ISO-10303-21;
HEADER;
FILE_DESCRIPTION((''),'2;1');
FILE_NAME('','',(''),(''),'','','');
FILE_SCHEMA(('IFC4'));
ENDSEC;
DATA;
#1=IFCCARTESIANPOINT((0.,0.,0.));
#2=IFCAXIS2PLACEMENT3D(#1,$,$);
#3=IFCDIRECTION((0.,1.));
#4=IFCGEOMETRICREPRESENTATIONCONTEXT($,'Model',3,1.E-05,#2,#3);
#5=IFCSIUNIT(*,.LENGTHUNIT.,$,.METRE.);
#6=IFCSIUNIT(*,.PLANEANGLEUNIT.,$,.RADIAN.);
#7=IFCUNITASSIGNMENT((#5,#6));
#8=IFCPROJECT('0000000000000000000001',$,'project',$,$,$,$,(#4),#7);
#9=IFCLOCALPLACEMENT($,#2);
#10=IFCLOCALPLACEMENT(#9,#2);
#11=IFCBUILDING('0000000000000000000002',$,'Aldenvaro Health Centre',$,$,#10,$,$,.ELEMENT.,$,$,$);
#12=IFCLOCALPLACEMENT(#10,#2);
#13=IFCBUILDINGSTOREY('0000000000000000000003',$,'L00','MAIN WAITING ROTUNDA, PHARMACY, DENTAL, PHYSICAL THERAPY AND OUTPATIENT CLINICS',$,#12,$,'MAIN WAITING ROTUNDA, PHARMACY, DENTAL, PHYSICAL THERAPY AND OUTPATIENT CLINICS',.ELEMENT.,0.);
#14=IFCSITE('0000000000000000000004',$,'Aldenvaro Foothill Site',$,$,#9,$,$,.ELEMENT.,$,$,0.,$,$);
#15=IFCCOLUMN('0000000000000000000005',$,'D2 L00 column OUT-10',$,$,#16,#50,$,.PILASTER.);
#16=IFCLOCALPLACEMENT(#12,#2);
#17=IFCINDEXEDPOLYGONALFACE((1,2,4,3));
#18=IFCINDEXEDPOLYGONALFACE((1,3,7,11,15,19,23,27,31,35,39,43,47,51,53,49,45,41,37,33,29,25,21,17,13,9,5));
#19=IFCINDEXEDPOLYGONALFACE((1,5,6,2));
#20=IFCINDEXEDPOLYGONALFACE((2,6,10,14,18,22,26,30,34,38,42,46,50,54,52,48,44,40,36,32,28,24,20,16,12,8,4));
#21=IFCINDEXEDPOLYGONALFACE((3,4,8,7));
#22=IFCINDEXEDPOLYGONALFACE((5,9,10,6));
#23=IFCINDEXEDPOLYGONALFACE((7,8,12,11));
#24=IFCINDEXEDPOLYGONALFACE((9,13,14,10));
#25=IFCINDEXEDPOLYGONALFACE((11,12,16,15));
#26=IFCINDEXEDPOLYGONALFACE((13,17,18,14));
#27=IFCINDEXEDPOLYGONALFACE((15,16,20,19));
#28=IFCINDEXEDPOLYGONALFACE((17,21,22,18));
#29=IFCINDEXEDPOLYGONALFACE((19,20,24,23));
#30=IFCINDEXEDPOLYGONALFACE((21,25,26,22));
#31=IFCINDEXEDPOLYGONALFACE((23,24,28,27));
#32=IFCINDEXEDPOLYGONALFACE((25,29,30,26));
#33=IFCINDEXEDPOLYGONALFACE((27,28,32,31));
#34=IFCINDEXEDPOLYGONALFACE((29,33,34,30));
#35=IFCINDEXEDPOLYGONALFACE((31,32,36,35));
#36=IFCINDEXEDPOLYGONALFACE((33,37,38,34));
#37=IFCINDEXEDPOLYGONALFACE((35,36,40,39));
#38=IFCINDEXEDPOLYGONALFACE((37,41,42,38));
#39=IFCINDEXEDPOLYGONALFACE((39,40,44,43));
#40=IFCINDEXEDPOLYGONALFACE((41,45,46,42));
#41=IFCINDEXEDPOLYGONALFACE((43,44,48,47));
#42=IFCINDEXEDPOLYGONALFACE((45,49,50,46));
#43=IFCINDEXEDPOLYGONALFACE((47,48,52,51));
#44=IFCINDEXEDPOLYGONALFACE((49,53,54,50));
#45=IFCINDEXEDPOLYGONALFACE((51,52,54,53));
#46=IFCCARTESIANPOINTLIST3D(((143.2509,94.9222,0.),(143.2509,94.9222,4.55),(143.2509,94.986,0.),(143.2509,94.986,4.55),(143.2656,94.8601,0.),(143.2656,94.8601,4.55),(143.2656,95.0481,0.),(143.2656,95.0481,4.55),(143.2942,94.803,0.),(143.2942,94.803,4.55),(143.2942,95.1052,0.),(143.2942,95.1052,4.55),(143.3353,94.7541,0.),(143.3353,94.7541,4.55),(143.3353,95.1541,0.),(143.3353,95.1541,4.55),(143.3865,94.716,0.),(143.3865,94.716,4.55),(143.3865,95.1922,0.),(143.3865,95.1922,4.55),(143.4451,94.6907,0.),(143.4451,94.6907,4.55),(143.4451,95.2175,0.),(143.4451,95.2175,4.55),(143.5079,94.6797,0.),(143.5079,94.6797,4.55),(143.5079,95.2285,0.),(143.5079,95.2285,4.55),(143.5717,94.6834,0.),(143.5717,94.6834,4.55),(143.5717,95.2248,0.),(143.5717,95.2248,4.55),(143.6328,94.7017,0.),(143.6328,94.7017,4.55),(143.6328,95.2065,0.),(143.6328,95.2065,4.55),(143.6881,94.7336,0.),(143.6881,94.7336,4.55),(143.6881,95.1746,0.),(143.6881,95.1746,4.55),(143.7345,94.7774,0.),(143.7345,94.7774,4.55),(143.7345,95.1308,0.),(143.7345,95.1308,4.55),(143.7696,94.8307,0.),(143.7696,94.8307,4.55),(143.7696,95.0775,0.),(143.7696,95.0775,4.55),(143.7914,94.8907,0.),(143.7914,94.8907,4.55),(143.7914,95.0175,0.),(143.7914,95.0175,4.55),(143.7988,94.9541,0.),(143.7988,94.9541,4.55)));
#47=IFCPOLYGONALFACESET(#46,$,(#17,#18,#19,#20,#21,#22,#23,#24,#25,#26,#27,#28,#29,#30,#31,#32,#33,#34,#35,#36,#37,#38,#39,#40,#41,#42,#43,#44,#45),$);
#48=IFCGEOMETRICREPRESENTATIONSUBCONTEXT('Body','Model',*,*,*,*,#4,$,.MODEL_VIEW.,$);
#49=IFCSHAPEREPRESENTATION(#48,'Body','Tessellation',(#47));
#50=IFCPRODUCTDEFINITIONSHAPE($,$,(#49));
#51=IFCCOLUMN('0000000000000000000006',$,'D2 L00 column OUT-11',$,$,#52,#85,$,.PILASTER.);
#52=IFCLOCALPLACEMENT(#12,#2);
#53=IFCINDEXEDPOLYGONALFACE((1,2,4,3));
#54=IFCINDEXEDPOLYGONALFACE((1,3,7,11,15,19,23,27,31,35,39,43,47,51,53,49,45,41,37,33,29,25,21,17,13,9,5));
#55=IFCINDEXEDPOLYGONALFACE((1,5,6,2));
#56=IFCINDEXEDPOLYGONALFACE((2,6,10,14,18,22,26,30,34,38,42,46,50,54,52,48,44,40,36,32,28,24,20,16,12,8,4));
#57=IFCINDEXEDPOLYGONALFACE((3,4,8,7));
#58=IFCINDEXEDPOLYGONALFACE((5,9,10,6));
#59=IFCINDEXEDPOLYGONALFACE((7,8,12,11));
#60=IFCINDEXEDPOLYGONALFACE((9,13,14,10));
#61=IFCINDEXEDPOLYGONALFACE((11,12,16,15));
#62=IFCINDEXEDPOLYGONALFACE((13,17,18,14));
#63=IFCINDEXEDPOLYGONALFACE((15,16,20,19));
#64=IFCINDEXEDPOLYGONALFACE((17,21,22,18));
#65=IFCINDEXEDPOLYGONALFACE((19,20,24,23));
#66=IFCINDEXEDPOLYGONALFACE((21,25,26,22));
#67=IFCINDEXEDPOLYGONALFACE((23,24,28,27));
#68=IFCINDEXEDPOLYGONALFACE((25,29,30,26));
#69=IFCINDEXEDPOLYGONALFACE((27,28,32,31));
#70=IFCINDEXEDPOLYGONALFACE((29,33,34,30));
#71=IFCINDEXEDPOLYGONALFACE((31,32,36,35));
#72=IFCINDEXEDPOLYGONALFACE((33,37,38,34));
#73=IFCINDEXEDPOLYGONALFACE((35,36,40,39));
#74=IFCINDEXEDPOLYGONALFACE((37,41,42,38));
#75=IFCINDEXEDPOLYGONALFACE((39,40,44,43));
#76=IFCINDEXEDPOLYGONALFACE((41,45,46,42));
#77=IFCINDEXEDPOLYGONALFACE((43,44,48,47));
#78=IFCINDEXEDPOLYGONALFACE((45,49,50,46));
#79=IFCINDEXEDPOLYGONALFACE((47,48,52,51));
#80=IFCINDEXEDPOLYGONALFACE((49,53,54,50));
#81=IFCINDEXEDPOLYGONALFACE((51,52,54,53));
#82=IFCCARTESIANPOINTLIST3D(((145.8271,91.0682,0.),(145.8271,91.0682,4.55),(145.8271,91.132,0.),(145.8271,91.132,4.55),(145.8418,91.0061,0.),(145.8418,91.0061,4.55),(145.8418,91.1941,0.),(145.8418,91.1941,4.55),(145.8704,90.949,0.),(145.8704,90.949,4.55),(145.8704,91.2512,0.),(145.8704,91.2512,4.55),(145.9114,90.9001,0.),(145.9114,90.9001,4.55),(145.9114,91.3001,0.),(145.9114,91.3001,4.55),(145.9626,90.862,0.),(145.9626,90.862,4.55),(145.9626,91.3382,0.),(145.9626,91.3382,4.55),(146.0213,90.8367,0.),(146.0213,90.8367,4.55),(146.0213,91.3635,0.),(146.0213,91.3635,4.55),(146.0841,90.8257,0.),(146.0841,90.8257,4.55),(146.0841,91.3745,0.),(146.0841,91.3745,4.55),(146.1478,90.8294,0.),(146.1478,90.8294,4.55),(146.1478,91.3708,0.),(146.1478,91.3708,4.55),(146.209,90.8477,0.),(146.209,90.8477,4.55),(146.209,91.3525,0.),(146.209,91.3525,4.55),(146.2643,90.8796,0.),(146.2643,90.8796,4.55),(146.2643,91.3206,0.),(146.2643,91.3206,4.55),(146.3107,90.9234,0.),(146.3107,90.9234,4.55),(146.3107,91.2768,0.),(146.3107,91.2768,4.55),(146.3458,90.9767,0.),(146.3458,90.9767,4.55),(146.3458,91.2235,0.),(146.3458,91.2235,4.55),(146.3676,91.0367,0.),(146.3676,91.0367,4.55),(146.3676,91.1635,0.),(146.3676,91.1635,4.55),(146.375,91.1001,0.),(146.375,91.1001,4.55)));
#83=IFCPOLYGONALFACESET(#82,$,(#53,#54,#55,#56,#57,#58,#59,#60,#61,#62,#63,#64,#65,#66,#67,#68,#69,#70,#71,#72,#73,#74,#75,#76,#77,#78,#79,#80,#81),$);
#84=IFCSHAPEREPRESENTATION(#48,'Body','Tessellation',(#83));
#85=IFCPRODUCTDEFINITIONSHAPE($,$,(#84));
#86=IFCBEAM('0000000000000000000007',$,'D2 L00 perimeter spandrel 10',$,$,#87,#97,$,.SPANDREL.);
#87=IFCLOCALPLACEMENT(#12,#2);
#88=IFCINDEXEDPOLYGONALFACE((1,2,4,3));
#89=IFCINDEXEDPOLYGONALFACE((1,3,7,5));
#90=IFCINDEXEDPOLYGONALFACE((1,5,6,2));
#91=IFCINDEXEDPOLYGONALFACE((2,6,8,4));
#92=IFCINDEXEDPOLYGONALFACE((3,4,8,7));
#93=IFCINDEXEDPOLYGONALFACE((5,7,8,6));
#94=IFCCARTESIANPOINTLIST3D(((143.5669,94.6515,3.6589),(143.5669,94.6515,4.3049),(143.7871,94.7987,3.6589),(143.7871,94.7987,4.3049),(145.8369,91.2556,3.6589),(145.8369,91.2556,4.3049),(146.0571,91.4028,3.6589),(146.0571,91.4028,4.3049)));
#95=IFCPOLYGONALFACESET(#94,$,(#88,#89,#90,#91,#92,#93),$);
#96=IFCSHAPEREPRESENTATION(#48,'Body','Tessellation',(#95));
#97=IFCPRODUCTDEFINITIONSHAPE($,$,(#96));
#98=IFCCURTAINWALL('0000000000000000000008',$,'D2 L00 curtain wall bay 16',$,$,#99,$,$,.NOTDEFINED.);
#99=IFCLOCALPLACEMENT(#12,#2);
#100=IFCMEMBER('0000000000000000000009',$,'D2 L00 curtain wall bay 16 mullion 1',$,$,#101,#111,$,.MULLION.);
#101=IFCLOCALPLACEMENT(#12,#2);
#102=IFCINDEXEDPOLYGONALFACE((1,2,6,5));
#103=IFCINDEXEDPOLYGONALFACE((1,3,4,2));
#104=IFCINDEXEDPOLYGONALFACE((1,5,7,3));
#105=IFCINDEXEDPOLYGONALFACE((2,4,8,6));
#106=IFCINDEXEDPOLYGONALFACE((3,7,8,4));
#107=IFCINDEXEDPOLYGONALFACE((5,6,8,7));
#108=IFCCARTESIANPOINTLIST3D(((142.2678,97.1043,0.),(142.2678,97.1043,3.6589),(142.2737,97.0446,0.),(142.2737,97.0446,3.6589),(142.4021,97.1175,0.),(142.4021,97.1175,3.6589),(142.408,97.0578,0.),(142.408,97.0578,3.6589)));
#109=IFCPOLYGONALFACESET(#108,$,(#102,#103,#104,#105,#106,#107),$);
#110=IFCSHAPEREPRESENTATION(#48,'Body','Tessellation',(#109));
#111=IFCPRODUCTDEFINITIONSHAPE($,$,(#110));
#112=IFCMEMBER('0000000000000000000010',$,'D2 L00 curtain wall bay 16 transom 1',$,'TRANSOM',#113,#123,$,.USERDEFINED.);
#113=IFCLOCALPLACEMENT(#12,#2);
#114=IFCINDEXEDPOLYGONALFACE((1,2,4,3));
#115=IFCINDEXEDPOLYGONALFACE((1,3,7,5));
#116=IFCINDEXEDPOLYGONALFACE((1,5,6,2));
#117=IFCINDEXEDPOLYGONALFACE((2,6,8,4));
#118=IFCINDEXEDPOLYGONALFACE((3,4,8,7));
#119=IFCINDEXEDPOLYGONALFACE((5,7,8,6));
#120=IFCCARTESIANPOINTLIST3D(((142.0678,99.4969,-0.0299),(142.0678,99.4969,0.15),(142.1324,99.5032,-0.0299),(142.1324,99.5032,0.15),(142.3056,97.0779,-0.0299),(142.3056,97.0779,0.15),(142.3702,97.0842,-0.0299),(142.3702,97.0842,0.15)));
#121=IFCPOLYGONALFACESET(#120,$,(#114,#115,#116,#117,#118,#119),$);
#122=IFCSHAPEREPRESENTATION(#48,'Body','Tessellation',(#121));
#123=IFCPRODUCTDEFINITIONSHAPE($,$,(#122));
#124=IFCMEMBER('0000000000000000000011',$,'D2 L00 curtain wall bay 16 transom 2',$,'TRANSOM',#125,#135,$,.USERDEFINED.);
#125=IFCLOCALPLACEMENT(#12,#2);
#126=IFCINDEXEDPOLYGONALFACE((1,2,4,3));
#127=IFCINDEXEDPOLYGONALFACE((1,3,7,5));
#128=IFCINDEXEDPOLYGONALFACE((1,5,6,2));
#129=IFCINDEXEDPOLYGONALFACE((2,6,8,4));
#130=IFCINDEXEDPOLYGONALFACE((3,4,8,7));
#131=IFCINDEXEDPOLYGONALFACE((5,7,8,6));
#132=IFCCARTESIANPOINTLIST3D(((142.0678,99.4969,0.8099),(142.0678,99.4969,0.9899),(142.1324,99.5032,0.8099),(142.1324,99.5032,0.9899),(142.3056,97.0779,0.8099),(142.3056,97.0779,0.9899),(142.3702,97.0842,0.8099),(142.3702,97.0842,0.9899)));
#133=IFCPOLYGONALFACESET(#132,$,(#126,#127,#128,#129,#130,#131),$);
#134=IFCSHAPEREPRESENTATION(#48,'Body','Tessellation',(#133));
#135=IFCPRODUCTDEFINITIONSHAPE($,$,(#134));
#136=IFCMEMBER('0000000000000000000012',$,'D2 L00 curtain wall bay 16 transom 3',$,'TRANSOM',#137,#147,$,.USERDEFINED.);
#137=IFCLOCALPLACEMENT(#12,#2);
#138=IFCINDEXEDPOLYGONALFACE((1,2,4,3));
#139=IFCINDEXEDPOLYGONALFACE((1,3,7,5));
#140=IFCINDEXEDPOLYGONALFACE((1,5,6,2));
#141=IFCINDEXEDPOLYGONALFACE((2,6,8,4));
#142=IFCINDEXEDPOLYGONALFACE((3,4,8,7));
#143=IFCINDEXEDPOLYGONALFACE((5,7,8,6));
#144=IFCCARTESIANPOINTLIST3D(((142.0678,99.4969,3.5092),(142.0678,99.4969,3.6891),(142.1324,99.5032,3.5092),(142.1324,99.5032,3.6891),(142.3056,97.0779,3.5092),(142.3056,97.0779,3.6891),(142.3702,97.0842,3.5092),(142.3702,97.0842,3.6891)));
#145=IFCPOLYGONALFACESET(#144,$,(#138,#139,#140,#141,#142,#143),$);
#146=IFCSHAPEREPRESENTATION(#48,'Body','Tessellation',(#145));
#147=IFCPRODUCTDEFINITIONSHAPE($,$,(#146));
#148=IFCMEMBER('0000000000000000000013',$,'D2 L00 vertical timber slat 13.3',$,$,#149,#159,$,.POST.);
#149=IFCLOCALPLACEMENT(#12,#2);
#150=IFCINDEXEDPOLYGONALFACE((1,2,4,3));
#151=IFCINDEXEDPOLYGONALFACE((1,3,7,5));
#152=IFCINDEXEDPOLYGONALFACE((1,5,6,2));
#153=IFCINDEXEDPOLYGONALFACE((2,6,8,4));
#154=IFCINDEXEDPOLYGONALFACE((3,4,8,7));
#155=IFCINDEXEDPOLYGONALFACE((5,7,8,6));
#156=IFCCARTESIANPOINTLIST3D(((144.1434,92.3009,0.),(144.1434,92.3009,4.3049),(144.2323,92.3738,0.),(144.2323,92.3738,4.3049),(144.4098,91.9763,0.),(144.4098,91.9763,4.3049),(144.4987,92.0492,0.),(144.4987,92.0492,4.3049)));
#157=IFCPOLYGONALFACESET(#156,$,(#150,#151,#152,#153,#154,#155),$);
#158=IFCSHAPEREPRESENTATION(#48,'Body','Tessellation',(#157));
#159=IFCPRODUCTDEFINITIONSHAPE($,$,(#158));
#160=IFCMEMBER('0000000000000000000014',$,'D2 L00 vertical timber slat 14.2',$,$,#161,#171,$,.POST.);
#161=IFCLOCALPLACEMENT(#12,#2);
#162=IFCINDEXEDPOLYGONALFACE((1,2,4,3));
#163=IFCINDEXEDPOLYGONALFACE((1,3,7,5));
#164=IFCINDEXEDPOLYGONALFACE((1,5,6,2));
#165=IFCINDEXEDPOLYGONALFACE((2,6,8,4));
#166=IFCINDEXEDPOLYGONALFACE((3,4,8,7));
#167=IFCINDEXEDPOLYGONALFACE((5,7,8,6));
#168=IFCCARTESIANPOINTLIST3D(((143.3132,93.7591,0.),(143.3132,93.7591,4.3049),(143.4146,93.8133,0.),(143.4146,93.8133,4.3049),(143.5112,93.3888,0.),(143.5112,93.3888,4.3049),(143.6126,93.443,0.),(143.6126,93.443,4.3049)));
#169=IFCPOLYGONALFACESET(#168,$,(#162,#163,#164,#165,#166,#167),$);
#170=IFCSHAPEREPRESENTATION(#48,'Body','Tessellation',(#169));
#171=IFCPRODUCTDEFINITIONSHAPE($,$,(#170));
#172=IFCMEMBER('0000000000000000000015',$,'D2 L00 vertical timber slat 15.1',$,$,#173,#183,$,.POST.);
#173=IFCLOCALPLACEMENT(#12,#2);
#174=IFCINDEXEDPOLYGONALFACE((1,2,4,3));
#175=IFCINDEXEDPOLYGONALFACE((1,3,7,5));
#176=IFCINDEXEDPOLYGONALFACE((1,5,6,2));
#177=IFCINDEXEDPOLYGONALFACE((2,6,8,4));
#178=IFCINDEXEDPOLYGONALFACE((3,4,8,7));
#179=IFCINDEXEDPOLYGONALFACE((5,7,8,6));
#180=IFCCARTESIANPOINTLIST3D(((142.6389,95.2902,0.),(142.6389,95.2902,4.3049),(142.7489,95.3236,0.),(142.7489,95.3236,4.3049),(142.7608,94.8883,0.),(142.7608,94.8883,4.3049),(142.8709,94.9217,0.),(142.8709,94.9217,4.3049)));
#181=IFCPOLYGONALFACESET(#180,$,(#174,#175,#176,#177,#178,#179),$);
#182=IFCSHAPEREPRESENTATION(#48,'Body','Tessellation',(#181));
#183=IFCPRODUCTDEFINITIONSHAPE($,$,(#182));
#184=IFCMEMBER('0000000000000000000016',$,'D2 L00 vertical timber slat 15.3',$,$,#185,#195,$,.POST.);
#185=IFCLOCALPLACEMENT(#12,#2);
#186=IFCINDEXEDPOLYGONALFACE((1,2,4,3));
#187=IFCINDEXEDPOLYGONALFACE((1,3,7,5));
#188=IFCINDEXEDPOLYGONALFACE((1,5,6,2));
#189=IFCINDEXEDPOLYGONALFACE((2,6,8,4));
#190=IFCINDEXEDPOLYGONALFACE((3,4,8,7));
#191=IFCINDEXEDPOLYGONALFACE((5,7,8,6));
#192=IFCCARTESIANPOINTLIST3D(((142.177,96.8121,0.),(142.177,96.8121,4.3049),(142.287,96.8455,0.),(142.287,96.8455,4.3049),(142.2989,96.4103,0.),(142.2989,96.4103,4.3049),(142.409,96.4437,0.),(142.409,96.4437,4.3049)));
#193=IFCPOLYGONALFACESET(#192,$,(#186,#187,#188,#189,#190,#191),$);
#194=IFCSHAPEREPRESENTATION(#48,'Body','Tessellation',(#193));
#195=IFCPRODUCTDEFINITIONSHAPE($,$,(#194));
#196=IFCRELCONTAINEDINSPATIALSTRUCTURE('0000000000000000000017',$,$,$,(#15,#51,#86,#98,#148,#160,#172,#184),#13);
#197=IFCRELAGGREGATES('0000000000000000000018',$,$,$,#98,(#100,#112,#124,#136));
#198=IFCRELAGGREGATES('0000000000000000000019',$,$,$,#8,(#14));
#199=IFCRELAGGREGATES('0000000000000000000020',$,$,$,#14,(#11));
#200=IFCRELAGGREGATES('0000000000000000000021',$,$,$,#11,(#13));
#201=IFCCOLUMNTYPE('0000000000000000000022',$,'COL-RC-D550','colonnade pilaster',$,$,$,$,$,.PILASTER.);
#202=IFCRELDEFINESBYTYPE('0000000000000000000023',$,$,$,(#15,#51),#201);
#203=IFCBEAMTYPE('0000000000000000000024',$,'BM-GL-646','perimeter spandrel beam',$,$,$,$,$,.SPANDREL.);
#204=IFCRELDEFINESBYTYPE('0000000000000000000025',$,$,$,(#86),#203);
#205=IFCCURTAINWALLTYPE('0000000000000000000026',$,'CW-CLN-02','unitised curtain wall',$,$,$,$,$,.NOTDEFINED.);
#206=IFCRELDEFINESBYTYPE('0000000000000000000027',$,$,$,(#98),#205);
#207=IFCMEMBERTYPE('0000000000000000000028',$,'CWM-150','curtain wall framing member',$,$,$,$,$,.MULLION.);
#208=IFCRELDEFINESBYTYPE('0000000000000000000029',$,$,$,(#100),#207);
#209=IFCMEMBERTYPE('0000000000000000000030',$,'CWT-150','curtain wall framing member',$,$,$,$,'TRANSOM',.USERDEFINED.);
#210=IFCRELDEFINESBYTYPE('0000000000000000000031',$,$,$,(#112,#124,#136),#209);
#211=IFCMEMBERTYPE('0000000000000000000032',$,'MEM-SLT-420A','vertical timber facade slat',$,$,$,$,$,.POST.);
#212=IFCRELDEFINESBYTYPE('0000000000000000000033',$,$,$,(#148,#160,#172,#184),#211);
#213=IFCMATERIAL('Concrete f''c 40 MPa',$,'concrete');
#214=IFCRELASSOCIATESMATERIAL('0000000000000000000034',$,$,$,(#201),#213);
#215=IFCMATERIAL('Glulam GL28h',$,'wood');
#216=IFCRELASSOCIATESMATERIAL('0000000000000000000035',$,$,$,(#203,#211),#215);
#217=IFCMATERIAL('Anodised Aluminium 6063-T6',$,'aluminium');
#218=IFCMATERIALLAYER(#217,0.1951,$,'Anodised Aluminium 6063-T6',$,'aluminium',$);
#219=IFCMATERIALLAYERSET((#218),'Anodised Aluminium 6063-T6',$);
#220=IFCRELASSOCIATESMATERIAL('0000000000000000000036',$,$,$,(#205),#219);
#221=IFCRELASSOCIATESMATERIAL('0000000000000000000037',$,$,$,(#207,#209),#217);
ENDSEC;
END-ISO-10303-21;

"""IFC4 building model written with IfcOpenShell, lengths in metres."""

from ifc_helpers import new_model, si_unit, direction, frame, origin, origin_2d, place, context, subcontext, project, spatial, rectangle, circle, extrude, material, layer, layer_set, material_profile, profile_set, type_object, element, aggregate, save


model = new_model("IFC4")

# Units and contexts
model_context = context("Model", 3, precision=1e-05, world=origin(), true_north=direction((0.0, 1.0)))
body_context = subcontext(model_context, "Body", "Model", "MODEL_VIEW")
ifc_project = project(units=[si_unit("LENGTHUNIT", "METRE"), si_unit("PLANEANGLEUNIT", "RADIAN")], contexts=[model_context])

# Site, building, storey
site_placement = place(None, origin())
site = spatial("IfcSite", under=ifc_project, at=site_placement, Name="Aldenvaro Foothill Site", CompositionType="ELEMENT", RefElevation=0.0)
building_placement = place(site_placement, origin())
building = spatial("IfcBuilding", under=site, at=building_placement, Name="Aldenvaro Health Centre", CompositionType="ELEMENT")
storey_placement = place(building_placement, origin())
storey = spatial("IfcBuildingStorey", under=building, at=storey_placement, Name="L00", Description="MAIN WAITING ROTUNDA, PHARMACY, DENTAL, PHYSICAL THERAPY AND OUTPATIENT CLINICS", LongName="MAIN WAITING ROTUNDA, PHARMACY, DENTAL, PHYSICAL THERAPY AND OUTPATIENT CLINICS", CompositionType="ELEMENT", Elevation=0.0)

# Columns
ifc_material_1 = material(Name="Concrete f'c 40 MPa", Category="concrete")
ifc_material_profile_1 = material_profile(ifc_material_1, circle(Radius=0.2749, at=origin_2d()), Name="RC D550", Category="concrete")
ifc_profile_set_1 = profile_set([ifc_material_profile_1], Name="Concrete f'c 40 MPa")
column_type = type_object("IfcColumnType", Name="COL-RC-D550", Description="colonnade pilaster", PredefinedType="PILASTER", material=ifc_profile_set_1)
for number, where, z_axis, x_axis, name in (
    (1, (143.5239, 94.9541, 0.0), (0.0, 0.0, 1.0), (1.0, 0.0, 0.0), "D2 L00 column OUT-10"),
    (2, (146.1001, 91.1001, 0.0), (0.0, 0.0, 1.0), (1.0, 0.0, 0.0), "D2 L00 column OUT-11"),
):
    element("IfcColumn", number, at=place(storey_placement, frame(where, z_axis=z_axis, x_axis=x_axis)), inside=storey, type_object=column_type, Name=name, PredefinedType="PILASTER", context=body_context, shape_type="SweptSolid", body=[
        extrude(circle(Radius=0.2749, at=origin_2d()), origin(), (0.0, 0.0, 1.0), 4.55),
    ])

# Beam
ifc_material_2 = material(Name="Glulam GL28h", Category="wood")
ifc_material_profile_2 = material_profile(ifc_material_2, rectangle(XDim=0.2649, YDim=0.646, at=origin_2d()), Name="GL 265x646", Category="wood")
ifc_profile_set_2 = profile_set([ifc_material_profile_2], Name="Glulam GL28h")
beam_type = type_object("IfcBeamType", Name="BM-GL-646", Description="perimeter spandrel beam", PredefinedType="SPANDREL", material=ifc_profile_set_2)
beam_placement = place(storey_placement, frame((143.677, 94.7251, 3.9819), z_axis=(0.55572, -0.831369, 0.0), x_axis=(0.831369, 0.55572, 0.0)))
element("IfcBeam", 3, at=beam_placement, inside=storey, type_object=beam_type, Name="D2 L00 perimeter spandrel 10", PredefinedType="SPANDREL", context=body_context, shape_type="SweptSolid", body=[
    extrude(rectangle(XDim=0.2649, YDim=0.646, at=origin_2d()), origin(), (0.0, 0.0, 1.0), 4.0847),
])

# Curtain wall, members
ifc_material_3 = material(Name="Anodised Aluminium 6063-T6", Category="aluminium")
ifc_layer_1 = layer(ifc_material_3, 0.1951, Name="Anodised Aluminium 6063-T6", Category="aluminium")
ifc_layer_set_1 = layer_set([ifc_layer_1], Name="Anodised Aluminium 6063-T6")
curtain_wall_type = type_object("IfcCurtainWallType", Name="CW-CLN-02", Description="unitised curtain wall", PredefinedType="NOTDEFINED", material=ifc_layer_set_1)
curtain_wall_placement = place(storey_placement, origin())
curtain_wall = element("IfcCurtainWall", 4, at=curtain_wall_placement, inside=storey, type_object=curtain_wall_type, Name="D2 L00 curtain wall bay 16", PredefinedType="NOTDEFINED")
ifc_material_profile_3 = material_profile(ifc_material_3, rectangle(XDim=0.0601, YDim=0.135, at=origin_2d()), Name="ALU 60x135", Category="aluminium")
ifc_profile_set_3 = profile_set([ifc_material_profile_3], Name="Anodised Aluminium 6063-T6")
member_type_1 = type_object("IfcMemberType", Name="CWM-150", Description="curtain wall framing member", PredefinedType="MULLION", material=ifc_profile_set_3)
member_1_placement = place(storey_placement, frame((142.3379, 97.0811, 0.0), z_axis=(0.0, 0.0, 1.0), x_axis=(-0.097915, 0.995195, 0.0)))
member_1 = element("IfcMember", 5, at=member_1_placement, type_object=member_type_1, Name="D2 L00 curtain wall bay 16 mullion 1", PredefinedType="MULLION", context=body_context, shape_type="SweptSolid", body=[
    extrude(rectangle(XDim=0.0601, YDim=0.135, at=origin_2d()), origin(), (0.0, 0.0, 1.0), 3.6589),
])
ifc_material_profile_4 = material_profile(ifc_material_3, rectangle(XDim=0.0649, YDim=0.1799, at=origin_2d()), Name="ALU 65x180", Category="aluminium")
ifc_profile_set_4 = profile_set([ifc_material_profile_4], Name="Anodised Aluminium 6063-T6")
member_type_2 = type_object("IfcMemberType", Name="CWT-150", Description="curtain wall framing member", ElementType="TRANSOM", PredefinedType="USERDEFINED", material=ifc_profile_set_4)
member_2_placement = place(storey_placement, frame((142.3379, 97.0811, 0.0601), z_axis=(-0.097833, 0.995203, 0.0), x_axis=(-0.995203, -0.097833, 0.0)))
member_2 = element("IfcMember", 6, at=member_2_placement, type_object=member_type_2, Name="D2 L00 curtain wall bay 16 transom 1", ObjectType="TRANSOM", PredefinedType="USERDEFINED", context=body_context, shape_type="SweptSolid", body=[
    extrude(rectangle(XDim=0.0649, YDim=0.1799, at=origin_2d()), origin(), (0.0, 0.0, 1.0), 2.4307),
])
member_3_placement = place(storey_placement, frame((142.3379, 97.0811, 0.8999), z_axis=(-0.097833, 0.995203, 0.0), x_axis=(-0.995203, -0.097833, 0.0)))
member_3 = element("IfcMember", 7, at=member_3_placement, type_object=member_type_2, Name="D2 L00 curtain wall bay 16 transom 2", ObjectType="TRANSOM", PredefinedType="USERDEFINED", context=body_context, shape_type="SweptSolid", body=[
    extrude(rectangle(XDim=0.0649, YDim=0.1799, at=origin_2d()), origin(), (0.0, 0.0, 1.0), 2.4307),
])
member_4_placement = place(storey_placement, frame((142.3379, 97.0811, 3.5991), z_axis=(-0.097833, 0.995203, 0.0), x_axis=(-0.995203, -0.097833, 0.0)))
member_4 = element("IfcMember", 8, at=member_4_placement, type_object=member_type_2, Name="D2 L00 curtain wall bay 16 transom 3", ObjectType="TRANSOM", PredefinedType="USERDEFINED", context=body_context, shape_type="SweptSolid", body=[
    extrude(rectangle(XDim=0.0649, YDim=0.1799, at=origin_2d()), origin(), (0.0, 0.0, 1.0), 2.4307),
])

# Members
ifc_material_profile_5 = material_profile(ifc_material_2, rectangle(XDim=0.115, YDim=0.4199, at=origin_2d()), Name="GL 115x420", Category="wood")
ifc_profile_set_5 = profile_set([ifc_material_profile_5], Name="Glulam GL28h")
member_type_3 = type_object("IfcMemberType", Name="MEM-SLT-420A", Description="vertical timber facade slat", PredefinedType="POST", material=ifc_profile_set_5)
for number, where, z_axis, x_axis, name in (
    (9, (144.321, 92.175, 0.0), (0.0, 0.0, 1.0), (-0.773022, -0.63438, 0.0), "D2 L00 vertical timber slat 13.3"),
    (10, (143.4629, 93.6011, 0.0), (0.0, 0.0, 1.0), (-0.88192, -0.471399, 0.0), "D2 L00 vertical timber slat 14.2"),
    (11, (142.7549, 95.106, 0.0), (0.0, 0.0, 1.0), (-0.956893, -0.290441, 0.0), "D2 L00 vertical timber slat 15.1"),
    (12, (142.293, 96.6279, 0.0), (0.0, 0.0, 1.0), (-0.956893, -0.290441, 0.0), "D2 L00 vertical timber slat 15.3"),
):
    element("IfcMember", number, at=place(storey_placement, frame(where, z_axis=z_axis, x_axis=x_axis)), inside=storey, type_object=member_type_3, Name=name, PredefinedType="POST", context=body_context, shape_type="SweptSolid", body=[
        extrude(rectangle(XDim=0.115, YDim=0.4199, at=origin_2d()), origin(), (0.0, 0.0, 1.0), 4.3049),
    ])

aggregate(curtain_wall, [member_1, member_2, member_3, member_4])

save(model, "model.ifc")
